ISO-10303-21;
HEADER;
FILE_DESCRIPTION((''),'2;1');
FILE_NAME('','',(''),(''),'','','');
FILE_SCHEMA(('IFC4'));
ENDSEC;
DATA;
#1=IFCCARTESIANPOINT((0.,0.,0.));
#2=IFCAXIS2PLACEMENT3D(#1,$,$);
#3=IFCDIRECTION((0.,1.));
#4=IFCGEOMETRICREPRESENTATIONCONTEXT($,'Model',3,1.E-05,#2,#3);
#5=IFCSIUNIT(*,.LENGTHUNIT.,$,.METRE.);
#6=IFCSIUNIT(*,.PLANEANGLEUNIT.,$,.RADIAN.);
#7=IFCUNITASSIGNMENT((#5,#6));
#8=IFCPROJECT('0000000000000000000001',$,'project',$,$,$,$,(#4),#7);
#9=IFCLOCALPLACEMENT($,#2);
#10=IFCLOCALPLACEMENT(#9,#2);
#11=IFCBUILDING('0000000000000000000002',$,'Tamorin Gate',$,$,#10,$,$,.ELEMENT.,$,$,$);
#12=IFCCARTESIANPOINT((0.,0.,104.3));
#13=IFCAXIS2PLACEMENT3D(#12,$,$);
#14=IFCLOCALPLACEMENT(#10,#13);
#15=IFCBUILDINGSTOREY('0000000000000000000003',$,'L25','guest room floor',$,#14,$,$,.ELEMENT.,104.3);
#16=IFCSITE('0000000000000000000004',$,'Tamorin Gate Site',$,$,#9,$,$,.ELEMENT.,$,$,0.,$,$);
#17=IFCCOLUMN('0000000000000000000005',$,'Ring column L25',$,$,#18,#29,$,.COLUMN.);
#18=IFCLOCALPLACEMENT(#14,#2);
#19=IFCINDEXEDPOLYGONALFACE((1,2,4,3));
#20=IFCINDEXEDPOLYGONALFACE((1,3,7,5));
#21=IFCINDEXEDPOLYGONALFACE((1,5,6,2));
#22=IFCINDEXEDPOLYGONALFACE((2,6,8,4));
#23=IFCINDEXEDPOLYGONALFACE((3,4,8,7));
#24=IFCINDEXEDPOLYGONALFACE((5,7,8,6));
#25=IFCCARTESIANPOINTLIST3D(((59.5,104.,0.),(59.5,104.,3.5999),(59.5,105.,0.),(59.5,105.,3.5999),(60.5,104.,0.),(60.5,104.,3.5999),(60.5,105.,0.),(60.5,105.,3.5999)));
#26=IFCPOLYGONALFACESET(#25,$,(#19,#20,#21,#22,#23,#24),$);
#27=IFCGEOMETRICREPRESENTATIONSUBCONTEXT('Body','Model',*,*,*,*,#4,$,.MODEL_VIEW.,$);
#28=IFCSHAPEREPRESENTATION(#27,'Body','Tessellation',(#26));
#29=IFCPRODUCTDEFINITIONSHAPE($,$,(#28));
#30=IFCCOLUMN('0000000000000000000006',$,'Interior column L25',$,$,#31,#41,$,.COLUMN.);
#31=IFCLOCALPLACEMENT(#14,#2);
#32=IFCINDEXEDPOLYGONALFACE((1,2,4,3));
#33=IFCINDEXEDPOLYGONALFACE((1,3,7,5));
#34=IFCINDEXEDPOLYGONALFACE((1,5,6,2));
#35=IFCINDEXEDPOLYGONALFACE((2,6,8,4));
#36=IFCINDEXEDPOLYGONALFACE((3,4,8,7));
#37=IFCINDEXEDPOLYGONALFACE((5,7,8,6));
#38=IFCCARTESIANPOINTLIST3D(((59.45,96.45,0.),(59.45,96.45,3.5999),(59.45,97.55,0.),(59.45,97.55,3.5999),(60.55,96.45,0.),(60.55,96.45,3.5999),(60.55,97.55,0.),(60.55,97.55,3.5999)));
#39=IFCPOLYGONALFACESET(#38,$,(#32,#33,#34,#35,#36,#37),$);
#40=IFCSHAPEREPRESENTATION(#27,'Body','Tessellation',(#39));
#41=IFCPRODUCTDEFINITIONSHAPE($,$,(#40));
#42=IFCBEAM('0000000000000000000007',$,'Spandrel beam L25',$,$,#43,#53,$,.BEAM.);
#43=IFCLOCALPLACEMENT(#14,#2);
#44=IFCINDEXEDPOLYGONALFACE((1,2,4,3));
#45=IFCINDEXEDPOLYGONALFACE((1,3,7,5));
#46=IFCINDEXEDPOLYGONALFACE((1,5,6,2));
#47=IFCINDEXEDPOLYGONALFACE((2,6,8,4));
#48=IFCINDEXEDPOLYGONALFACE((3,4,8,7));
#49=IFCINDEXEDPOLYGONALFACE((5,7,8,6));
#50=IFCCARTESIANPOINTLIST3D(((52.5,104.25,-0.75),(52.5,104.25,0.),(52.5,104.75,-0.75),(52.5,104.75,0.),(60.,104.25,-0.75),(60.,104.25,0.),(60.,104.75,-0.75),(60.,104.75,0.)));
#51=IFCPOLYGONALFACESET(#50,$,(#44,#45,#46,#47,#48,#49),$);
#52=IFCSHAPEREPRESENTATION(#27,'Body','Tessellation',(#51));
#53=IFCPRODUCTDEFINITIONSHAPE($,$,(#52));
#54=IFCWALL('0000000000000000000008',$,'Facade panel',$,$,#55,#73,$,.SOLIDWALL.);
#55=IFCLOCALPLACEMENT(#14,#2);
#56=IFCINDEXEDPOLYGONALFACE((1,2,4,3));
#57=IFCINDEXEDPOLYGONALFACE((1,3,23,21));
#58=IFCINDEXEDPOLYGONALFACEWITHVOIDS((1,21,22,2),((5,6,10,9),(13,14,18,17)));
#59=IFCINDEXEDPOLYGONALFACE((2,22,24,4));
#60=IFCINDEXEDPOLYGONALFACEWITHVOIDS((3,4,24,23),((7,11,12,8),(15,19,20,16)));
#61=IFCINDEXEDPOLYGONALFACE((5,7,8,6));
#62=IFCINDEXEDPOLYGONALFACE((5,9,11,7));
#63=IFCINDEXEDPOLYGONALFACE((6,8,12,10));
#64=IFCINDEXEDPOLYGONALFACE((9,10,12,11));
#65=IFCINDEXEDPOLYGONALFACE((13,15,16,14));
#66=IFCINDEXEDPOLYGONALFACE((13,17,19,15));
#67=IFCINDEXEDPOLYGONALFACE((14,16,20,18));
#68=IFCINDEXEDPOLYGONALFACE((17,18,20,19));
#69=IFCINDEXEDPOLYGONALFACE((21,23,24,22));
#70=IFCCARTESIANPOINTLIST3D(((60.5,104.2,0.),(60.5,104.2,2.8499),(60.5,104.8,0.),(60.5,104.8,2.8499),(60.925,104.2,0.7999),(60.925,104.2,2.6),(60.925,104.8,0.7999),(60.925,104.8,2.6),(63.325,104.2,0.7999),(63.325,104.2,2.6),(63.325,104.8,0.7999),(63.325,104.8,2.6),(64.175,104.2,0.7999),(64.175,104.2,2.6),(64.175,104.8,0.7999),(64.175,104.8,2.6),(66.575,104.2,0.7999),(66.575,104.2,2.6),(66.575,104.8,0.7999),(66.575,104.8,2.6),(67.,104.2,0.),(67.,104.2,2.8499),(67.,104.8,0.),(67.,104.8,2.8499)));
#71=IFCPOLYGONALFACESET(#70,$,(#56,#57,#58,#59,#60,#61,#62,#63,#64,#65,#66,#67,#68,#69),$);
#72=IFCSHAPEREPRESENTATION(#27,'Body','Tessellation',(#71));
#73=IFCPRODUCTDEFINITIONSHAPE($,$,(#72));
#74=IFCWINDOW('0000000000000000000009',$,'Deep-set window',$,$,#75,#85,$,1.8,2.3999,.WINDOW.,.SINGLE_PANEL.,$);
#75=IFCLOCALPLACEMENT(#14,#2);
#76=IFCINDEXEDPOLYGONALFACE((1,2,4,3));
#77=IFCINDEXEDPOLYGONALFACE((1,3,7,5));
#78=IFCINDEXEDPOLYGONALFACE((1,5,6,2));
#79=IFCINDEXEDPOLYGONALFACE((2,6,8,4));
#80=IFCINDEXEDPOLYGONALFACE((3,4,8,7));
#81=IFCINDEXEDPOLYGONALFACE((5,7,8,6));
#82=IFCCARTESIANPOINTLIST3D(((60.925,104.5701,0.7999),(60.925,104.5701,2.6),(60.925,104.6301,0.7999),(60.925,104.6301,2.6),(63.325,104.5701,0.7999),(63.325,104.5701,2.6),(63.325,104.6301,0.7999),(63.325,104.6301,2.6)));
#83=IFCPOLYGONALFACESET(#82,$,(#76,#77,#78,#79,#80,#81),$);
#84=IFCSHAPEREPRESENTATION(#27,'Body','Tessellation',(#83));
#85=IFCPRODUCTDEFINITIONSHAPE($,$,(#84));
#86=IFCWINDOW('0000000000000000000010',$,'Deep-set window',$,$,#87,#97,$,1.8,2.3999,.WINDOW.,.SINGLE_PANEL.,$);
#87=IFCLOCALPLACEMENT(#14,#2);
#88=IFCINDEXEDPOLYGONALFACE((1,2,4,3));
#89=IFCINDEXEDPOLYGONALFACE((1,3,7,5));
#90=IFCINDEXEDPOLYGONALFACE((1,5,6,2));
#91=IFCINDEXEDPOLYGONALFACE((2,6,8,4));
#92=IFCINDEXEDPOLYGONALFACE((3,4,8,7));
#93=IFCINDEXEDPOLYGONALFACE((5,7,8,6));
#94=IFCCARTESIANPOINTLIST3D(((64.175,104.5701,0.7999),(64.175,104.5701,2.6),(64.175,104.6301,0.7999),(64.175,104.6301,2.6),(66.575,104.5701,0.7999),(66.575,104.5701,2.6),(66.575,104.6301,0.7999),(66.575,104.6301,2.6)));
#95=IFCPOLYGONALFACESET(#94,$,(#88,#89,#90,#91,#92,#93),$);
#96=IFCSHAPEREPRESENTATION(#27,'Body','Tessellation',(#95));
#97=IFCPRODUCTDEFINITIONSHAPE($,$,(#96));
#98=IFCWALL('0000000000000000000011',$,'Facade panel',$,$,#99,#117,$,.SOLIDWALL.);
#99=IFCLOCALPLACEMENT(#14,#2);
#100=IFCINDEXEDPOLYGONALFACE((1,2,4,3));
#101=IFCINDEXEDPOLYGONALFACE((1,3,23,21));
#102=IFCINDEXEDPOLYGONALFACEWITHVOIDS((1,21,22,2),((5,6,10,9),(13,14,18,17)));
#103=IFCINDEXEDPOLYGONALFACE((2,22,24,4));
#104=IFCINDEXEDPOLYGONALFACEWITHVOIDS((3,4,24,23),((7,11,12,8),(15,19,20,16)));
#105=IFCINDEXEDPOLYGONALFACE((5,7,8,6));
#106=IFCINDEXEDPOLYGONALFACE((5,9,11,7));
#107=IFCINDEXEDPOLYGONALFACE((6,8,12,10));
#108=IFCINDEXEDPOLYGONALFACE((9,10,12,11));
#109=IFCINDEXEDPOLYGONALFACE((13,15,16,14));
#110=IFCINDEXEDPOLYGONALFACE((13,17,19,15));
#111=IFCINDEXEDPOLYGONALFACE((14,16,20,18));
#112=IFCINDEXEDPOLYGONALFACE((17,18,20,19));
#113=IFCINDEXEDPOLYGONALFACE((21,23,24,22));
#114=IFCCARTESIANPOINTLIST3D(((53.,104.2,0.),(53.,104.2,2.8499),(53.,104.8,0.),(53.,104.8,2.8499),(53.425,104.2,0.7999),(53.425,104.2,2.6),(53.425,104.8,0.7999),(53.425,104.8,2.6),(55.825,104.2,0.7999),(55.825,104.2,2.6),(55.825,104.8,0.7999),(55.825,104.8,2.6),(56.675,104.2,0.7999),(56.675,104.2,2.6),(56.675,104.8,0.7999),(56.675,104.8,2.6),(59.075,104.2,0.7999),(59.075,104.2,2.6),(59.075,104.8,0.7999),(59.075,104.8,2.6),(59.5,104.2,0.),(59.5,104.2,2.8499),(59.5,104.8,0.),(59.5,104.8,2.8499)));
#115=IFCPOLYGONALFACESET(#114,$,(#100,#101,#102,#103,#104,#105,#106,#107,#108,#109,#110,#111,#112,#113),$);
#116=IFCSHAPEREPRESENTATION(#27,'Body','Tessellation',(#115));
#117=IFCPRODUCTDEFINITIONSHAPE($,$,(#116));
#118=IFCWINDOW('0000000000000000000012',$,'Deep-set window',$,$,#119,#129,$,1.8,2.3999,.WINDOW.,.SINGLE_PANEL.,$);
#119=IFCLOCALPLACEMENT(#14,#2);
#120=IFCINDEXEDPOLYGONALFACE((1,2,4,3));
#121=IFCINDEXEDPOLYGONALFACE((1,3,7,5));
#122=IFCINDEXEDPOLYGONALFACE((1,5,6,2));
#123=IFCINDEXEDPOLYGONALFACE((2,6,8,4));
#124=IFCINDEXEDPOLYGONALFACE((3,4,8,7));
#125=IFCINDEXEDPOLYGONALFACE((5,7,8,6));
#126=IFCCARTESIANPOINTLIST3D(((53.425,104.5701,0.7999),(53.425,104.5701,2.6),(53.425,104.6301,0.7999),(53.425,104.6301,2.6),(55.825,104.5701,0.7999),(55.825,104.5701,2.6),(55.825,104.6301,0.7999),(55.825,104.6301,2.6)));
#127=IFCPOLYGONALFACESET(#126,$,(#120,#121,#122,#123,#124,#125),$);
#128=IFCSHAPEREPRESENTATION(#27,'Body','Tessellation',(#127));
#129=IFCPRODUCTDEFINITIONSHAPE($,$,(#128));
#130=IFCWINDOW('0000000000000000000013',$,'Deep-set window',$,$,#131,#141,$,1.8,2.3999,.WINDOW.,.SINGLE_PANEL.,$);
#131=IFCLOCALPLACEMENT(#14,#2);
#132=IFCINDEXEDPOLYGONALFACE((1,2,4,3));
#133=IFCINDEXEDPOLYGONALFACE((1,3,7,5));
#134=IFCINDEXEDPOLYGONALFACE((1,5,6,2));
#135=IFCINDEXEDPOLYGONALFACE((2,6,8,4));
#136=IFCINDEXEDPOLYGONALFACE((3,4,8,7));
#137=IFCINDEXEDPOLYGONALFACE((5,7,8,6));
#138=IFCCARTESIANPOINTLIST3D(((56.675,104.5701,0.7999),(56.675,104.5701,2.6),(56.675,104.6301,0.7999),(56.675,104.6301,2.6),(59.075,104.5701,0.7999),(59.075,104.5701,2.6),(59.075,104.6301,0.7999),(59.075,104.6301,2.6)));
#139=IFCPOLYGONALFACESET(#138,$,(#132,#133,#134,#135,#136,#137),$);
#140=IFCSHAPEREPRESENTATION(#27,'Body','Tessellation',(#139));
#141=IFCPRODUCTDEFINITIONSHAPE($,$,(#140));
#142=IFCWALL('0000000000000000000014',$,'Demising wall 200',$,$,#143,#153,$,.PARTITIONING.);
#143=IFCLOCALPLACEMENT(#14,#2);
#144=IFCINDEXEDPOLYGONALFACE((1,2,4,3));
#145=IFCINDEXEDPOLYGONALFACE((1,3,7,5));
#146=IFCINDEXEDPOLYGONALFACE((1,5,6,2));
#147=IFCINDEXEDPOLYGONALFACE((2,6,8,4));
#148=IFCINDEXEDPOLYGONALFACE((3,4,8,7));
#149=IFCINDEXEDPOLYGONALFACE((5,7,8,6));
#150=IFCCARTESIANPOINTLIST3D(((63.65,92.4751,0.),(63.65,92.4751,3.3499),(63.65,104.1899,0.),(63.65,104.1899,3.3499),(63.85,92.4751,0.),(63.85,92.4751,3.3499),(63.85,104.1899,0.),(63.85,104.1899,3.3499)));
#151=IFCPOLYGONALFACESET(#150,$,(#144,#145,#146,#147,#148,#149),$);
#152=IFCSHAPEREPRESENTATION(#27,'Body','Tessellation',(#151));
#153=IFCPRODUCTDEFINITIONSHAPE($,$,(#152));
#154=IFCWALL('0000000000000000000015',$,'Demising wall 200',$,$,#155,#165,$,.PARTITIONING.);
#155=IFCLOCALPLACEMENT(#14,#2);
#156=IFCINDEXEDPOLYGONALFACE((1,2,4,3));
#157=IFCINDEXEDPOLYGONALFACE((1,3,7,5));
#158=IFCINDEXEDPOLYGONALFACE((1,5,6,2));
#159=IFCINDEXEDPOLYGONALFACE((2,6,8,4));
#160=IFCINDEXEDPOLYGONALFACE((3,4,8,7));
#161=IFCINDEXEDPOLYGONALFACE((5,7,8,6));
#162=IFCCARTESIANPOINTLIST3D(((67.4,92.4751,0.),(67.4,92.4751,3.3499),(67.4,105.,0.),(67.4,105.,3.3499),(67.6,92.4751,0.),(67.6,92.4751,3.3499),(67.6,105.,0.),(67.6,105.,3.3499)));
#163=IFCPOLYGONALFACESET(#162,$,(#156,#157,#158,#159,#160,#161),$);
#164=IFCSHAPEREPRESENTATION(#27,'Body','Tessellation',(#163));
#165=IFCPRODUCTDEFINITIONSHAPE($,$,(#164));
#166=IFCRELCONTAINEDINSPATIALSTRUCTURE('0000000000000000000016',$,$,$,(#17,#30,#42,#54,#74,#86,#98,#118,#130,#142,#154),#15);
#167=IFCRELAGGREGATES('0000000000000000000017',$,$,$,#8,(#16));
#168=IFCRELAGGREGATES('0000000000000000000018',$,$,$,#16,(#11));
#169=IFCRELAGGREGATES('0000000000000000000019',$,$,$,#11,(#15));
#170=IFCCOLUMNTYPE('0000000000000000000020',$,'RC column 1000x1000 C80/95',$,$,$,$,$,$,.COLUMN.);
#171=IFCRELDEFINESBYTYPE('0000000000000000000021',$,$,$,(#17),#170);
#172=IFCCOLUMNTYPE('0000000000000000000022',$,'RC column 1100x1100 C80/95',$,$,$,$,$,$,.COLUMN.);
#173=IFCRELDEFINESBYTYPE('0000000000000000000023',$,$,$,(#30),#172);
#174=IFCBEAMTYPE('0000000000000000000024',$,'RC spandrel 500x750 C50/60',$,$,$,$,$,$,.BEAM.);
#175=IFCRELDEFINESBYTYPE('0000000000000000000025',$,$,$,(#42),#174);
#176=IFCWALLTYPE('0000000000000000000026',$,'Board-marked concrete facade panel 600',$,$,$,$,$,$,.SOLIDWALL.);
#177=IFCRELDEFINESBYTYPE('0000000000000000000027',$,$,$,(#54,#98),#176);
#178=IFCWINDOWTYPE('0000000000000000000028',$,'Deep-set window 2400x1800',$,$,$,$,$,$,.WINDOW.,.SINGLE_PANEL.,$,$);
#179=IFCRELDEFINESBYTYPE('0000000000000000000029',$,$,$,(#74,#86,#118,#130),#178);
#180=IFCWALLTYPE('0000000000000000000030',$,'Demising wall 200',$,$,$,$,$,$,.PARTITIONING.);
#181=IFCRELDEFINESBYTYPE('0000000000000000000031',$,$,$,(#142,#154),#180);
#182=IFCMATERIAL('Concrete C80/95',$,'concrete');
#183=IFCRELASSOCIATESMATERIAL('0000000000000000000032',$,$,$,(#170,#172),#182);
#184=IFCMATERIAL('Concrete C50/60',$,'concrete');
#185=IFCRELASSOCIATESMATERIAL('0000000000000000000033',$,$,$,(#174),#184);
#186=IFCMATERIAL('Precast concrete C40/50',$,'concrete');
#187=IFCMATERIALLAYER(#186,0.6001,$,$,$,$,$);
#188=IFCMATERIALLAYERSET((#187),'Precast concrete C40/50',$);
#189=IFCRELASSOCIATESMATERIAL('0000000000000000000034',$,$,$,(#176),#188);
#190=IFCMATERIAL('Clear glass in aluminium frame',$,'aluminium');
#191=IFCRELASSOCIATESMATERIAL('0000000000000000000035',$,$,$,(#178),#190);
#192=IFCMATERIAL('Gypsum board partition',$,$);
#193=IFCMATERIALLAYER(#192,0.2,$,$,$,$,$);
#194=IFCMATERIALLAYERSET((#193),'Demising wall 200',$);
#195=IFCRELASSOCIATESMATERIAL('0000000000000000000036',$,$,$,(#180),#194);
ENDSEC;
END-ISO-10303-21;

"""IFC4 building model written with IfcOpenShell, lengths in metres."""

from ifc_helpers import new_model, si_unit, direction, frame, frame_2d, origin, origin_2d, place, context, subcontext, project, spatial, rectangle, extrude, material, layer, layer_set, material_profile, profile_set, type_object, element, fill, save


model = new_model("IFC4")

# Units and contexts
model_context = context("Model", 3, precision=1e-05, world=origin(), true_north=direction((0.0, 1.0)))
body_context = subcontext(model_context, "Body", "Model", "MODEL_VIEW")
ifc_project = project(units=[si_unit("LENGTHUNIT", "METRE"), si_unit("PLANEANGLEUNIT", "RADIAN")], contexts=[model_context])

# Site, building, storey
site_placement = place(None, origin())
site = spatial("IfcSite", under=ifc_project, at=site_placement, Name="Tamorin Gate Site", CompositionType="ELEMENT", RefElevation=0.0)
building_placement = place(site_placement, origin())
building = spatial("IfcBuilding", under=site, at=building_placement, Name="Tamorin Gate", CompositionType="ELEMENT")
storey_placement = place(building_placement, frame((0.0, 0.0, 104.3)))
storey = spatial("IfcBuildingStorey", under=building, at=storey_placement, Name="L25", Description="guest room floor", CompositionType="ELEMENT", Elevation=104.3)

# Columns
ifc_material_1 = material(Name="Concrete C80/95", Category="concrete")
ifc_material_profile_1 = material_profile(ifc_material_1, rectangle(XDim=1.0, YDim=1.0, at=origin_2d()), Name="RC 1000x1000")
ifc_profile_set_1 = profile_set([ifc_material_profile_1], Name="Concrete C80/95")
column_type_1 = type_object("IfcColumnType", Name="RC column 1000x1000 C80/95", PredefinedType="COLUMN", material=ifc_profile_set_1)
column_1_placement = place(storey_placement, frame((60.0, 104.5, 0.0), z_axis=(0.0, 0.0, 1.0), x_axis=(1.0, 0.0, 0.0)))
element("IfcColumn", 1, at=column_1_placement, inside=storey, type_object=column_type_1, Name="Ring column L25", PredefinedType="COLUMN", context=body_context, shape_type="SweptSolid", body=[
    extrude(rectangle(XDim=1.0, YDim=1.0, at=origin_2d()), origin(), (0.0, 0.0, 1.0), 3.5999),
])
ifc_material_profile_2 = material_profile(ifc_material_1, rectangle(XDim=1.1001, YDim=1.1001, at=origin_2d()), Name="RC 1100x1100")
ifc_profile_set_2 = profile_set([ifc_material_profile_2], Name="Concrete C80/95")
column_type_2 = type_object("IfcColumnType", Name="RC column 1100x1100 C80/95", PredefinedType="COLUMN", material=ifc_profile_set_2)
column_2_placement = place(storey_placement, frame((60.0, 97.0, 0.0), z_axis=(0.0, 0.0, 1.0), x_axis=(1.0, 0.0, 0.0)))
element("IfcColumn", 2, at=column_2_placement, inside=storey, type_object=column_type_2, Name="Interior column L25", PredefinedType="COLUMN", context=body_context, shape_type="SweptSolid", body=[
    extrude(rectangle(XDim=1.1001, YDim=1.1001, at=origin_2d()), origin(), (0.0, 0.0, 1.0), 3.5999),
])

# Beam
ifc_material_2 = material(Name="Concrete C50/60", Category="concrete")
ifc_material_profile_3 = material_profile(ifc_material_2, rectangle(XDim=0.5, YDim=0.75, at=origin_2d()), Name="RC 500x750")
ifc_profile_set_3 = profile_set([ifc_material_profile_3], Name="Concrete C50/60")
beam_type = type_object("IfcBeamType", Name="RC spandrel 500x750 C50/60", PredefinedType="BEAM", material=ifc_profile_set_3)
beam_placement = place(storey_placement, frame((60.0, 104.5, -0.375), z_axis=(-1.0, 0.0, 0.0), x_axis=(0.0, -1.0, 0.0)))
element("IfcBeam", 3, at=beam_placement, inside=storey, type_object=beam_type, Name="Spandrel beam L25", PredefinedType="BEAM", context=body_context, shape_type="SweptSolid", body=[
    extrude(rectangle(XDim=0.5, YDim=0.75, at=origin_2d()), origin(), (0.0, 0.0, 1.0), 7.5),
])

# Walls, openings, windows
ifc_material_3 = material(Name="Precast concrete C40/50", Category="concrete")
ifc_layer_1 = layer(ifc_material_3, 0.6001)
ifc_layer_set_1 = layer_set([ifc_layer_1], Name="Precast concrete C40/50")
wall_type_1 = type_object("IfcWallType", Name="Board-marked concrete facade panel 600", PredefinedType="SOLIDWALL", material=ifc_layer_set_1)
wall_1_placement = place(storey_placement, frame((67.0, 104.5, 0.0), z_axis=(0.0, 0.0, 1.0), x_axis=(-1.0, 0.0, 0.0)))
wall_1 = element("IfcWall", 4, at=wall_1_placement, inside=storey, type_object=wall_type_1, Name="Facade panel", PredefinedType="SOLIDWALL", context=body_context, shape_type="SweptSolid", body=[
    extrude(rectangle(XDim=6.5, YDim=0.6001, at=frame_2d((3.25, 0.0))), origin(), (0.0, 0.0, 1.0), 2.8499),
])
opening_1_placement = place(wall_1_placement, frame((3.675, 0.0, 0.8)))
opening_1 = element("IfcOpeningElement", 5, at=opening_1_placement, cuts=wall_1, PredefinedType="OPENING", context=body_context, shape_type="SweptSolid", body=[
    extrude(rectangle(XDim=2.3999, YDim=1.8, at=frame_2d((1.2, 0.8999))), frame((0.0, 0.3101, 0.0), z_axis=(0.0, -1.0, 0.0), x_axis=(1.0, 0.0, 0.0)), (0.0, 0.0, 1.0), 0.6201),
])
opening_2_placement = place(wall_1_placement, frame((0.425, 0.0, 0.8)))
opening_2 = element("IfcOpeningElement", 6, at=opening_2_placement, cuts=wall_1, PredefinedType="OPENING", context=body_context, shape_type="SweptSolid", body=[
    extrude(rectangle(XDim=2.3999, YDim=1.8, at=frame_2d((1.2, 0.8999))), frame((0.0, 0.3101, 0.0), z_axis=(0.0, -1.0, 0.0), x_axis=(1.0, 0.0, 0.0)), (0.0, 0.0, 1.0), 0.6201),
])
ifc_material_4 = material(Name="Clear glass in aluminium frame", Category="aluminium")
window_type = type_object("IfcWindowType", Name="Deep-set window 2400x1800", PartitioningType="SINGLE_PANEL", PredefinedType="WINDOW", material=ifc_material_4)
window_1_placement = place(opening_1_placement, origin())
window_1 = element("IfcWindow", 7, at=window_1_placement, inside=storey, type_object=window_type, Name="Deep-set window", OverallHeight=1.8, OverallWidth=2.3999, PartitioningType="SINGLE_PANEL", PredefinedType="WINDOW", context=body_context, shape_type="SweptSolid", body=[
    extrude(rectangle(XDim=2.3999, YDim=1.8, at=frame_2d((1.2, 0.8999))), frame((0.0, -0.0701, 0.0), z_axis=(0.0, -1.0, 0.0), x_axis=(1.0, 0.0, 0.0)), (0.0, 0.0, 1.0), 0.0601),
])
fill(opening_1, window_1)
window_2_placement = place(opening_2_placement, origin())
window_2 = element("IfcWindow", 8, at=window_2_placement, inside=storey, type_object=window_type, Name="Deep-set window", OverallHeight=1.8, OverallWidth=2.3999, PartitioningType="SINGLE_PANEL", PredefinedType="WINDOW", context=body_context, shape_type="SweptSolid", body=[
    extrude(rectangle(XDim=2.3999, YDim=1.8, at=frame_2d((1.2, 0.8999))), frame((0.0, -0.0701, 0.0), z_axis=(0.0, -1.0, 0.0), x_axis=(1.0, 0.0, 0.0)), (0.0, 0.0, 1.0), 0.0601),
])
fill(opening_2, window_2)
wall_2_placement = place(storey_placement, frame((59.5, 104.5, 0.0), z_axis=(0.0, 0.0, 1.0), x_axis=(-1.0, 0.0, 0.0)))
wall_2 = element("IfcWall", 9, at=wall_2_placement, inside=storey, type_object=wall_type_1, Name="Facade panel", PredefinedType="SOLIDWALL", context=body_context, shape_type="SweptSolid", body=[
    extrude(rectangle(XDim=6.5, YDim=0.6001, at=frame_2d((3.25, 0.0))), origin(), (0.0, 0.0, 1.0), 2.8499),
])
opening_3_placement = place(wall_2_placement, frame((3.675, 0.0, 0.8)))
opening_3 = element("IfcOpeningElement", 10, at=opening_3_placement, cuts=wall_2, PredefinedType="OPENING", context=body_context, shape_type="SweptSolid", body=[
    extrude(rectangle(XDim=2.3999, YDim=1.8, at=frame_2d((1.2, 0.8999))), frame((0.0, 0.3101, 0.0), z_axis=(0.0, -1.0, 0.0), x_axis=(1.0, 0.0, 0.0)), (0.0, 0.0, 1.0), 0.6201),
])
opening_4_placement = place(wall_2_placement, frame((0.425, 0.0, 0.8)))
opening_4 = element("IfcOpeningElement", 11, at=opening_4_placement, cuts=wall_2, PredefinedType="OPENING", context=body_context, shape_type="SweptSolid", body=[
    extrude(rectangle(XDim=2.3999, YDim=1.8, at=frame_2d((1.2, 0.8999))), frame((0.0, 0.3101, 0.0), z_axis=(0.0, -1.0, 0.0), x_axis=(1.0, 0.0, 0.0)), (0.0, 0.0, 1.0), 0.6201),
])
window_3_placement = place(opening_3_placement, origin())
window_3 = element("IfcWindow", 12, at=window_3_placement, inside=storey, type_object=window_type, Name="Deep-set window", OverallHeight=1.8, OverallWidth=2.3999, PartitioningType="SINGLE_PANEL", PredefinedType="WINDOW", context=body_context, shape_type="SweptSolid", body=[
    extrude(rectangle(XDim=2.3999, YDim=1.8, at=frame_2d((1.2, 0.8999))), frame((0.0, -0.0701, 0.0), z_axis=(0.0, -1.0, 0.0), x_axis=(1.0, 0.0, 0.0)), (0.0, 0.0, 1.0), 0.0601),
])
fill(opening_3, window_3)
window_4_placement = place(opening_4_placement, origin())
window_4 = element("IfcWindow", 13, at=window_4_placement, inside=storey, type_object=window_type, Name="Deep-set window", OverallHeight=1.8, OverallWidth=2.3999, PartitioningType="SINGLE_PANEL", PredefinedType="WINDOW", context=body_context, shape_type="SweptSolid", body=[
    extrude(rectangle(XDim=2.3999, YDim=1.8, at=frame_2d((1.2, 0.8999))), frame((0.0, -0.0701, 0.0), z_axis=(0.0, -1.0, 0.0), x_axis=(1.0, 0.0, 0.0)), (0.0, 0.0, 1.0), 0.0601),
])
fill(opening_4, window_4)

# Walls
ifc_material_5 = material(Name="Gypsum board partition")
ifc_layer_2 = layer(ifc_material_5, 0.2)
ifc_layer_set_2 = layer_set([ifc_layer_2], Name="Demising wall 200")
wall_type_2 = type_object("IfcWallType", Name="Demising wall 200", PredefinedType="PARTITIONING", material=ifc_layer_set_2)
wall_3_placement = place(storey_placement, frame((63.75, 92.4751, 0.0), z_axis=(0.0, 0.0, 1.0), x_axis=(0.0, 1.0, 0.0)))
element("IfcWall", 14, at=wall_3_placement, inside=storey, type_object=wall_type_2, Name="Demising wall 200", PredefinedType="PARTITIONING", context=body_context, shape_type="SweptSolid", body=[
    extrude(rectangle(XDim=11.7148, YDim=0.2, at=frame_2d((5.8574, 0.0))), origin(), (0.0, 0.0, 1.0), 3.3499),
])
wall_4_placement = place(storey_placement, frame((67.5, 92.4751, 0.0), z_axis=(0.0, 0.0, 1.0), x_axis=(0.0, 1.0, 0.0)))
element("IfcWall", 15, at=wall_4_placement, inside=storey, type_object=wall_type_2, Name="Demising wall 200", PredefinedType="PARTITIONING", context=body_context, shape_type="SweptSolid", body=[
    extrude(rectangle(XDim=12.5249, YDim=0.2, at=frame_2d((6.2625, 0.0))), origin(), (0.0, 0.0, 1.0), 3.3499),
])

save(model, "model.ifc")
